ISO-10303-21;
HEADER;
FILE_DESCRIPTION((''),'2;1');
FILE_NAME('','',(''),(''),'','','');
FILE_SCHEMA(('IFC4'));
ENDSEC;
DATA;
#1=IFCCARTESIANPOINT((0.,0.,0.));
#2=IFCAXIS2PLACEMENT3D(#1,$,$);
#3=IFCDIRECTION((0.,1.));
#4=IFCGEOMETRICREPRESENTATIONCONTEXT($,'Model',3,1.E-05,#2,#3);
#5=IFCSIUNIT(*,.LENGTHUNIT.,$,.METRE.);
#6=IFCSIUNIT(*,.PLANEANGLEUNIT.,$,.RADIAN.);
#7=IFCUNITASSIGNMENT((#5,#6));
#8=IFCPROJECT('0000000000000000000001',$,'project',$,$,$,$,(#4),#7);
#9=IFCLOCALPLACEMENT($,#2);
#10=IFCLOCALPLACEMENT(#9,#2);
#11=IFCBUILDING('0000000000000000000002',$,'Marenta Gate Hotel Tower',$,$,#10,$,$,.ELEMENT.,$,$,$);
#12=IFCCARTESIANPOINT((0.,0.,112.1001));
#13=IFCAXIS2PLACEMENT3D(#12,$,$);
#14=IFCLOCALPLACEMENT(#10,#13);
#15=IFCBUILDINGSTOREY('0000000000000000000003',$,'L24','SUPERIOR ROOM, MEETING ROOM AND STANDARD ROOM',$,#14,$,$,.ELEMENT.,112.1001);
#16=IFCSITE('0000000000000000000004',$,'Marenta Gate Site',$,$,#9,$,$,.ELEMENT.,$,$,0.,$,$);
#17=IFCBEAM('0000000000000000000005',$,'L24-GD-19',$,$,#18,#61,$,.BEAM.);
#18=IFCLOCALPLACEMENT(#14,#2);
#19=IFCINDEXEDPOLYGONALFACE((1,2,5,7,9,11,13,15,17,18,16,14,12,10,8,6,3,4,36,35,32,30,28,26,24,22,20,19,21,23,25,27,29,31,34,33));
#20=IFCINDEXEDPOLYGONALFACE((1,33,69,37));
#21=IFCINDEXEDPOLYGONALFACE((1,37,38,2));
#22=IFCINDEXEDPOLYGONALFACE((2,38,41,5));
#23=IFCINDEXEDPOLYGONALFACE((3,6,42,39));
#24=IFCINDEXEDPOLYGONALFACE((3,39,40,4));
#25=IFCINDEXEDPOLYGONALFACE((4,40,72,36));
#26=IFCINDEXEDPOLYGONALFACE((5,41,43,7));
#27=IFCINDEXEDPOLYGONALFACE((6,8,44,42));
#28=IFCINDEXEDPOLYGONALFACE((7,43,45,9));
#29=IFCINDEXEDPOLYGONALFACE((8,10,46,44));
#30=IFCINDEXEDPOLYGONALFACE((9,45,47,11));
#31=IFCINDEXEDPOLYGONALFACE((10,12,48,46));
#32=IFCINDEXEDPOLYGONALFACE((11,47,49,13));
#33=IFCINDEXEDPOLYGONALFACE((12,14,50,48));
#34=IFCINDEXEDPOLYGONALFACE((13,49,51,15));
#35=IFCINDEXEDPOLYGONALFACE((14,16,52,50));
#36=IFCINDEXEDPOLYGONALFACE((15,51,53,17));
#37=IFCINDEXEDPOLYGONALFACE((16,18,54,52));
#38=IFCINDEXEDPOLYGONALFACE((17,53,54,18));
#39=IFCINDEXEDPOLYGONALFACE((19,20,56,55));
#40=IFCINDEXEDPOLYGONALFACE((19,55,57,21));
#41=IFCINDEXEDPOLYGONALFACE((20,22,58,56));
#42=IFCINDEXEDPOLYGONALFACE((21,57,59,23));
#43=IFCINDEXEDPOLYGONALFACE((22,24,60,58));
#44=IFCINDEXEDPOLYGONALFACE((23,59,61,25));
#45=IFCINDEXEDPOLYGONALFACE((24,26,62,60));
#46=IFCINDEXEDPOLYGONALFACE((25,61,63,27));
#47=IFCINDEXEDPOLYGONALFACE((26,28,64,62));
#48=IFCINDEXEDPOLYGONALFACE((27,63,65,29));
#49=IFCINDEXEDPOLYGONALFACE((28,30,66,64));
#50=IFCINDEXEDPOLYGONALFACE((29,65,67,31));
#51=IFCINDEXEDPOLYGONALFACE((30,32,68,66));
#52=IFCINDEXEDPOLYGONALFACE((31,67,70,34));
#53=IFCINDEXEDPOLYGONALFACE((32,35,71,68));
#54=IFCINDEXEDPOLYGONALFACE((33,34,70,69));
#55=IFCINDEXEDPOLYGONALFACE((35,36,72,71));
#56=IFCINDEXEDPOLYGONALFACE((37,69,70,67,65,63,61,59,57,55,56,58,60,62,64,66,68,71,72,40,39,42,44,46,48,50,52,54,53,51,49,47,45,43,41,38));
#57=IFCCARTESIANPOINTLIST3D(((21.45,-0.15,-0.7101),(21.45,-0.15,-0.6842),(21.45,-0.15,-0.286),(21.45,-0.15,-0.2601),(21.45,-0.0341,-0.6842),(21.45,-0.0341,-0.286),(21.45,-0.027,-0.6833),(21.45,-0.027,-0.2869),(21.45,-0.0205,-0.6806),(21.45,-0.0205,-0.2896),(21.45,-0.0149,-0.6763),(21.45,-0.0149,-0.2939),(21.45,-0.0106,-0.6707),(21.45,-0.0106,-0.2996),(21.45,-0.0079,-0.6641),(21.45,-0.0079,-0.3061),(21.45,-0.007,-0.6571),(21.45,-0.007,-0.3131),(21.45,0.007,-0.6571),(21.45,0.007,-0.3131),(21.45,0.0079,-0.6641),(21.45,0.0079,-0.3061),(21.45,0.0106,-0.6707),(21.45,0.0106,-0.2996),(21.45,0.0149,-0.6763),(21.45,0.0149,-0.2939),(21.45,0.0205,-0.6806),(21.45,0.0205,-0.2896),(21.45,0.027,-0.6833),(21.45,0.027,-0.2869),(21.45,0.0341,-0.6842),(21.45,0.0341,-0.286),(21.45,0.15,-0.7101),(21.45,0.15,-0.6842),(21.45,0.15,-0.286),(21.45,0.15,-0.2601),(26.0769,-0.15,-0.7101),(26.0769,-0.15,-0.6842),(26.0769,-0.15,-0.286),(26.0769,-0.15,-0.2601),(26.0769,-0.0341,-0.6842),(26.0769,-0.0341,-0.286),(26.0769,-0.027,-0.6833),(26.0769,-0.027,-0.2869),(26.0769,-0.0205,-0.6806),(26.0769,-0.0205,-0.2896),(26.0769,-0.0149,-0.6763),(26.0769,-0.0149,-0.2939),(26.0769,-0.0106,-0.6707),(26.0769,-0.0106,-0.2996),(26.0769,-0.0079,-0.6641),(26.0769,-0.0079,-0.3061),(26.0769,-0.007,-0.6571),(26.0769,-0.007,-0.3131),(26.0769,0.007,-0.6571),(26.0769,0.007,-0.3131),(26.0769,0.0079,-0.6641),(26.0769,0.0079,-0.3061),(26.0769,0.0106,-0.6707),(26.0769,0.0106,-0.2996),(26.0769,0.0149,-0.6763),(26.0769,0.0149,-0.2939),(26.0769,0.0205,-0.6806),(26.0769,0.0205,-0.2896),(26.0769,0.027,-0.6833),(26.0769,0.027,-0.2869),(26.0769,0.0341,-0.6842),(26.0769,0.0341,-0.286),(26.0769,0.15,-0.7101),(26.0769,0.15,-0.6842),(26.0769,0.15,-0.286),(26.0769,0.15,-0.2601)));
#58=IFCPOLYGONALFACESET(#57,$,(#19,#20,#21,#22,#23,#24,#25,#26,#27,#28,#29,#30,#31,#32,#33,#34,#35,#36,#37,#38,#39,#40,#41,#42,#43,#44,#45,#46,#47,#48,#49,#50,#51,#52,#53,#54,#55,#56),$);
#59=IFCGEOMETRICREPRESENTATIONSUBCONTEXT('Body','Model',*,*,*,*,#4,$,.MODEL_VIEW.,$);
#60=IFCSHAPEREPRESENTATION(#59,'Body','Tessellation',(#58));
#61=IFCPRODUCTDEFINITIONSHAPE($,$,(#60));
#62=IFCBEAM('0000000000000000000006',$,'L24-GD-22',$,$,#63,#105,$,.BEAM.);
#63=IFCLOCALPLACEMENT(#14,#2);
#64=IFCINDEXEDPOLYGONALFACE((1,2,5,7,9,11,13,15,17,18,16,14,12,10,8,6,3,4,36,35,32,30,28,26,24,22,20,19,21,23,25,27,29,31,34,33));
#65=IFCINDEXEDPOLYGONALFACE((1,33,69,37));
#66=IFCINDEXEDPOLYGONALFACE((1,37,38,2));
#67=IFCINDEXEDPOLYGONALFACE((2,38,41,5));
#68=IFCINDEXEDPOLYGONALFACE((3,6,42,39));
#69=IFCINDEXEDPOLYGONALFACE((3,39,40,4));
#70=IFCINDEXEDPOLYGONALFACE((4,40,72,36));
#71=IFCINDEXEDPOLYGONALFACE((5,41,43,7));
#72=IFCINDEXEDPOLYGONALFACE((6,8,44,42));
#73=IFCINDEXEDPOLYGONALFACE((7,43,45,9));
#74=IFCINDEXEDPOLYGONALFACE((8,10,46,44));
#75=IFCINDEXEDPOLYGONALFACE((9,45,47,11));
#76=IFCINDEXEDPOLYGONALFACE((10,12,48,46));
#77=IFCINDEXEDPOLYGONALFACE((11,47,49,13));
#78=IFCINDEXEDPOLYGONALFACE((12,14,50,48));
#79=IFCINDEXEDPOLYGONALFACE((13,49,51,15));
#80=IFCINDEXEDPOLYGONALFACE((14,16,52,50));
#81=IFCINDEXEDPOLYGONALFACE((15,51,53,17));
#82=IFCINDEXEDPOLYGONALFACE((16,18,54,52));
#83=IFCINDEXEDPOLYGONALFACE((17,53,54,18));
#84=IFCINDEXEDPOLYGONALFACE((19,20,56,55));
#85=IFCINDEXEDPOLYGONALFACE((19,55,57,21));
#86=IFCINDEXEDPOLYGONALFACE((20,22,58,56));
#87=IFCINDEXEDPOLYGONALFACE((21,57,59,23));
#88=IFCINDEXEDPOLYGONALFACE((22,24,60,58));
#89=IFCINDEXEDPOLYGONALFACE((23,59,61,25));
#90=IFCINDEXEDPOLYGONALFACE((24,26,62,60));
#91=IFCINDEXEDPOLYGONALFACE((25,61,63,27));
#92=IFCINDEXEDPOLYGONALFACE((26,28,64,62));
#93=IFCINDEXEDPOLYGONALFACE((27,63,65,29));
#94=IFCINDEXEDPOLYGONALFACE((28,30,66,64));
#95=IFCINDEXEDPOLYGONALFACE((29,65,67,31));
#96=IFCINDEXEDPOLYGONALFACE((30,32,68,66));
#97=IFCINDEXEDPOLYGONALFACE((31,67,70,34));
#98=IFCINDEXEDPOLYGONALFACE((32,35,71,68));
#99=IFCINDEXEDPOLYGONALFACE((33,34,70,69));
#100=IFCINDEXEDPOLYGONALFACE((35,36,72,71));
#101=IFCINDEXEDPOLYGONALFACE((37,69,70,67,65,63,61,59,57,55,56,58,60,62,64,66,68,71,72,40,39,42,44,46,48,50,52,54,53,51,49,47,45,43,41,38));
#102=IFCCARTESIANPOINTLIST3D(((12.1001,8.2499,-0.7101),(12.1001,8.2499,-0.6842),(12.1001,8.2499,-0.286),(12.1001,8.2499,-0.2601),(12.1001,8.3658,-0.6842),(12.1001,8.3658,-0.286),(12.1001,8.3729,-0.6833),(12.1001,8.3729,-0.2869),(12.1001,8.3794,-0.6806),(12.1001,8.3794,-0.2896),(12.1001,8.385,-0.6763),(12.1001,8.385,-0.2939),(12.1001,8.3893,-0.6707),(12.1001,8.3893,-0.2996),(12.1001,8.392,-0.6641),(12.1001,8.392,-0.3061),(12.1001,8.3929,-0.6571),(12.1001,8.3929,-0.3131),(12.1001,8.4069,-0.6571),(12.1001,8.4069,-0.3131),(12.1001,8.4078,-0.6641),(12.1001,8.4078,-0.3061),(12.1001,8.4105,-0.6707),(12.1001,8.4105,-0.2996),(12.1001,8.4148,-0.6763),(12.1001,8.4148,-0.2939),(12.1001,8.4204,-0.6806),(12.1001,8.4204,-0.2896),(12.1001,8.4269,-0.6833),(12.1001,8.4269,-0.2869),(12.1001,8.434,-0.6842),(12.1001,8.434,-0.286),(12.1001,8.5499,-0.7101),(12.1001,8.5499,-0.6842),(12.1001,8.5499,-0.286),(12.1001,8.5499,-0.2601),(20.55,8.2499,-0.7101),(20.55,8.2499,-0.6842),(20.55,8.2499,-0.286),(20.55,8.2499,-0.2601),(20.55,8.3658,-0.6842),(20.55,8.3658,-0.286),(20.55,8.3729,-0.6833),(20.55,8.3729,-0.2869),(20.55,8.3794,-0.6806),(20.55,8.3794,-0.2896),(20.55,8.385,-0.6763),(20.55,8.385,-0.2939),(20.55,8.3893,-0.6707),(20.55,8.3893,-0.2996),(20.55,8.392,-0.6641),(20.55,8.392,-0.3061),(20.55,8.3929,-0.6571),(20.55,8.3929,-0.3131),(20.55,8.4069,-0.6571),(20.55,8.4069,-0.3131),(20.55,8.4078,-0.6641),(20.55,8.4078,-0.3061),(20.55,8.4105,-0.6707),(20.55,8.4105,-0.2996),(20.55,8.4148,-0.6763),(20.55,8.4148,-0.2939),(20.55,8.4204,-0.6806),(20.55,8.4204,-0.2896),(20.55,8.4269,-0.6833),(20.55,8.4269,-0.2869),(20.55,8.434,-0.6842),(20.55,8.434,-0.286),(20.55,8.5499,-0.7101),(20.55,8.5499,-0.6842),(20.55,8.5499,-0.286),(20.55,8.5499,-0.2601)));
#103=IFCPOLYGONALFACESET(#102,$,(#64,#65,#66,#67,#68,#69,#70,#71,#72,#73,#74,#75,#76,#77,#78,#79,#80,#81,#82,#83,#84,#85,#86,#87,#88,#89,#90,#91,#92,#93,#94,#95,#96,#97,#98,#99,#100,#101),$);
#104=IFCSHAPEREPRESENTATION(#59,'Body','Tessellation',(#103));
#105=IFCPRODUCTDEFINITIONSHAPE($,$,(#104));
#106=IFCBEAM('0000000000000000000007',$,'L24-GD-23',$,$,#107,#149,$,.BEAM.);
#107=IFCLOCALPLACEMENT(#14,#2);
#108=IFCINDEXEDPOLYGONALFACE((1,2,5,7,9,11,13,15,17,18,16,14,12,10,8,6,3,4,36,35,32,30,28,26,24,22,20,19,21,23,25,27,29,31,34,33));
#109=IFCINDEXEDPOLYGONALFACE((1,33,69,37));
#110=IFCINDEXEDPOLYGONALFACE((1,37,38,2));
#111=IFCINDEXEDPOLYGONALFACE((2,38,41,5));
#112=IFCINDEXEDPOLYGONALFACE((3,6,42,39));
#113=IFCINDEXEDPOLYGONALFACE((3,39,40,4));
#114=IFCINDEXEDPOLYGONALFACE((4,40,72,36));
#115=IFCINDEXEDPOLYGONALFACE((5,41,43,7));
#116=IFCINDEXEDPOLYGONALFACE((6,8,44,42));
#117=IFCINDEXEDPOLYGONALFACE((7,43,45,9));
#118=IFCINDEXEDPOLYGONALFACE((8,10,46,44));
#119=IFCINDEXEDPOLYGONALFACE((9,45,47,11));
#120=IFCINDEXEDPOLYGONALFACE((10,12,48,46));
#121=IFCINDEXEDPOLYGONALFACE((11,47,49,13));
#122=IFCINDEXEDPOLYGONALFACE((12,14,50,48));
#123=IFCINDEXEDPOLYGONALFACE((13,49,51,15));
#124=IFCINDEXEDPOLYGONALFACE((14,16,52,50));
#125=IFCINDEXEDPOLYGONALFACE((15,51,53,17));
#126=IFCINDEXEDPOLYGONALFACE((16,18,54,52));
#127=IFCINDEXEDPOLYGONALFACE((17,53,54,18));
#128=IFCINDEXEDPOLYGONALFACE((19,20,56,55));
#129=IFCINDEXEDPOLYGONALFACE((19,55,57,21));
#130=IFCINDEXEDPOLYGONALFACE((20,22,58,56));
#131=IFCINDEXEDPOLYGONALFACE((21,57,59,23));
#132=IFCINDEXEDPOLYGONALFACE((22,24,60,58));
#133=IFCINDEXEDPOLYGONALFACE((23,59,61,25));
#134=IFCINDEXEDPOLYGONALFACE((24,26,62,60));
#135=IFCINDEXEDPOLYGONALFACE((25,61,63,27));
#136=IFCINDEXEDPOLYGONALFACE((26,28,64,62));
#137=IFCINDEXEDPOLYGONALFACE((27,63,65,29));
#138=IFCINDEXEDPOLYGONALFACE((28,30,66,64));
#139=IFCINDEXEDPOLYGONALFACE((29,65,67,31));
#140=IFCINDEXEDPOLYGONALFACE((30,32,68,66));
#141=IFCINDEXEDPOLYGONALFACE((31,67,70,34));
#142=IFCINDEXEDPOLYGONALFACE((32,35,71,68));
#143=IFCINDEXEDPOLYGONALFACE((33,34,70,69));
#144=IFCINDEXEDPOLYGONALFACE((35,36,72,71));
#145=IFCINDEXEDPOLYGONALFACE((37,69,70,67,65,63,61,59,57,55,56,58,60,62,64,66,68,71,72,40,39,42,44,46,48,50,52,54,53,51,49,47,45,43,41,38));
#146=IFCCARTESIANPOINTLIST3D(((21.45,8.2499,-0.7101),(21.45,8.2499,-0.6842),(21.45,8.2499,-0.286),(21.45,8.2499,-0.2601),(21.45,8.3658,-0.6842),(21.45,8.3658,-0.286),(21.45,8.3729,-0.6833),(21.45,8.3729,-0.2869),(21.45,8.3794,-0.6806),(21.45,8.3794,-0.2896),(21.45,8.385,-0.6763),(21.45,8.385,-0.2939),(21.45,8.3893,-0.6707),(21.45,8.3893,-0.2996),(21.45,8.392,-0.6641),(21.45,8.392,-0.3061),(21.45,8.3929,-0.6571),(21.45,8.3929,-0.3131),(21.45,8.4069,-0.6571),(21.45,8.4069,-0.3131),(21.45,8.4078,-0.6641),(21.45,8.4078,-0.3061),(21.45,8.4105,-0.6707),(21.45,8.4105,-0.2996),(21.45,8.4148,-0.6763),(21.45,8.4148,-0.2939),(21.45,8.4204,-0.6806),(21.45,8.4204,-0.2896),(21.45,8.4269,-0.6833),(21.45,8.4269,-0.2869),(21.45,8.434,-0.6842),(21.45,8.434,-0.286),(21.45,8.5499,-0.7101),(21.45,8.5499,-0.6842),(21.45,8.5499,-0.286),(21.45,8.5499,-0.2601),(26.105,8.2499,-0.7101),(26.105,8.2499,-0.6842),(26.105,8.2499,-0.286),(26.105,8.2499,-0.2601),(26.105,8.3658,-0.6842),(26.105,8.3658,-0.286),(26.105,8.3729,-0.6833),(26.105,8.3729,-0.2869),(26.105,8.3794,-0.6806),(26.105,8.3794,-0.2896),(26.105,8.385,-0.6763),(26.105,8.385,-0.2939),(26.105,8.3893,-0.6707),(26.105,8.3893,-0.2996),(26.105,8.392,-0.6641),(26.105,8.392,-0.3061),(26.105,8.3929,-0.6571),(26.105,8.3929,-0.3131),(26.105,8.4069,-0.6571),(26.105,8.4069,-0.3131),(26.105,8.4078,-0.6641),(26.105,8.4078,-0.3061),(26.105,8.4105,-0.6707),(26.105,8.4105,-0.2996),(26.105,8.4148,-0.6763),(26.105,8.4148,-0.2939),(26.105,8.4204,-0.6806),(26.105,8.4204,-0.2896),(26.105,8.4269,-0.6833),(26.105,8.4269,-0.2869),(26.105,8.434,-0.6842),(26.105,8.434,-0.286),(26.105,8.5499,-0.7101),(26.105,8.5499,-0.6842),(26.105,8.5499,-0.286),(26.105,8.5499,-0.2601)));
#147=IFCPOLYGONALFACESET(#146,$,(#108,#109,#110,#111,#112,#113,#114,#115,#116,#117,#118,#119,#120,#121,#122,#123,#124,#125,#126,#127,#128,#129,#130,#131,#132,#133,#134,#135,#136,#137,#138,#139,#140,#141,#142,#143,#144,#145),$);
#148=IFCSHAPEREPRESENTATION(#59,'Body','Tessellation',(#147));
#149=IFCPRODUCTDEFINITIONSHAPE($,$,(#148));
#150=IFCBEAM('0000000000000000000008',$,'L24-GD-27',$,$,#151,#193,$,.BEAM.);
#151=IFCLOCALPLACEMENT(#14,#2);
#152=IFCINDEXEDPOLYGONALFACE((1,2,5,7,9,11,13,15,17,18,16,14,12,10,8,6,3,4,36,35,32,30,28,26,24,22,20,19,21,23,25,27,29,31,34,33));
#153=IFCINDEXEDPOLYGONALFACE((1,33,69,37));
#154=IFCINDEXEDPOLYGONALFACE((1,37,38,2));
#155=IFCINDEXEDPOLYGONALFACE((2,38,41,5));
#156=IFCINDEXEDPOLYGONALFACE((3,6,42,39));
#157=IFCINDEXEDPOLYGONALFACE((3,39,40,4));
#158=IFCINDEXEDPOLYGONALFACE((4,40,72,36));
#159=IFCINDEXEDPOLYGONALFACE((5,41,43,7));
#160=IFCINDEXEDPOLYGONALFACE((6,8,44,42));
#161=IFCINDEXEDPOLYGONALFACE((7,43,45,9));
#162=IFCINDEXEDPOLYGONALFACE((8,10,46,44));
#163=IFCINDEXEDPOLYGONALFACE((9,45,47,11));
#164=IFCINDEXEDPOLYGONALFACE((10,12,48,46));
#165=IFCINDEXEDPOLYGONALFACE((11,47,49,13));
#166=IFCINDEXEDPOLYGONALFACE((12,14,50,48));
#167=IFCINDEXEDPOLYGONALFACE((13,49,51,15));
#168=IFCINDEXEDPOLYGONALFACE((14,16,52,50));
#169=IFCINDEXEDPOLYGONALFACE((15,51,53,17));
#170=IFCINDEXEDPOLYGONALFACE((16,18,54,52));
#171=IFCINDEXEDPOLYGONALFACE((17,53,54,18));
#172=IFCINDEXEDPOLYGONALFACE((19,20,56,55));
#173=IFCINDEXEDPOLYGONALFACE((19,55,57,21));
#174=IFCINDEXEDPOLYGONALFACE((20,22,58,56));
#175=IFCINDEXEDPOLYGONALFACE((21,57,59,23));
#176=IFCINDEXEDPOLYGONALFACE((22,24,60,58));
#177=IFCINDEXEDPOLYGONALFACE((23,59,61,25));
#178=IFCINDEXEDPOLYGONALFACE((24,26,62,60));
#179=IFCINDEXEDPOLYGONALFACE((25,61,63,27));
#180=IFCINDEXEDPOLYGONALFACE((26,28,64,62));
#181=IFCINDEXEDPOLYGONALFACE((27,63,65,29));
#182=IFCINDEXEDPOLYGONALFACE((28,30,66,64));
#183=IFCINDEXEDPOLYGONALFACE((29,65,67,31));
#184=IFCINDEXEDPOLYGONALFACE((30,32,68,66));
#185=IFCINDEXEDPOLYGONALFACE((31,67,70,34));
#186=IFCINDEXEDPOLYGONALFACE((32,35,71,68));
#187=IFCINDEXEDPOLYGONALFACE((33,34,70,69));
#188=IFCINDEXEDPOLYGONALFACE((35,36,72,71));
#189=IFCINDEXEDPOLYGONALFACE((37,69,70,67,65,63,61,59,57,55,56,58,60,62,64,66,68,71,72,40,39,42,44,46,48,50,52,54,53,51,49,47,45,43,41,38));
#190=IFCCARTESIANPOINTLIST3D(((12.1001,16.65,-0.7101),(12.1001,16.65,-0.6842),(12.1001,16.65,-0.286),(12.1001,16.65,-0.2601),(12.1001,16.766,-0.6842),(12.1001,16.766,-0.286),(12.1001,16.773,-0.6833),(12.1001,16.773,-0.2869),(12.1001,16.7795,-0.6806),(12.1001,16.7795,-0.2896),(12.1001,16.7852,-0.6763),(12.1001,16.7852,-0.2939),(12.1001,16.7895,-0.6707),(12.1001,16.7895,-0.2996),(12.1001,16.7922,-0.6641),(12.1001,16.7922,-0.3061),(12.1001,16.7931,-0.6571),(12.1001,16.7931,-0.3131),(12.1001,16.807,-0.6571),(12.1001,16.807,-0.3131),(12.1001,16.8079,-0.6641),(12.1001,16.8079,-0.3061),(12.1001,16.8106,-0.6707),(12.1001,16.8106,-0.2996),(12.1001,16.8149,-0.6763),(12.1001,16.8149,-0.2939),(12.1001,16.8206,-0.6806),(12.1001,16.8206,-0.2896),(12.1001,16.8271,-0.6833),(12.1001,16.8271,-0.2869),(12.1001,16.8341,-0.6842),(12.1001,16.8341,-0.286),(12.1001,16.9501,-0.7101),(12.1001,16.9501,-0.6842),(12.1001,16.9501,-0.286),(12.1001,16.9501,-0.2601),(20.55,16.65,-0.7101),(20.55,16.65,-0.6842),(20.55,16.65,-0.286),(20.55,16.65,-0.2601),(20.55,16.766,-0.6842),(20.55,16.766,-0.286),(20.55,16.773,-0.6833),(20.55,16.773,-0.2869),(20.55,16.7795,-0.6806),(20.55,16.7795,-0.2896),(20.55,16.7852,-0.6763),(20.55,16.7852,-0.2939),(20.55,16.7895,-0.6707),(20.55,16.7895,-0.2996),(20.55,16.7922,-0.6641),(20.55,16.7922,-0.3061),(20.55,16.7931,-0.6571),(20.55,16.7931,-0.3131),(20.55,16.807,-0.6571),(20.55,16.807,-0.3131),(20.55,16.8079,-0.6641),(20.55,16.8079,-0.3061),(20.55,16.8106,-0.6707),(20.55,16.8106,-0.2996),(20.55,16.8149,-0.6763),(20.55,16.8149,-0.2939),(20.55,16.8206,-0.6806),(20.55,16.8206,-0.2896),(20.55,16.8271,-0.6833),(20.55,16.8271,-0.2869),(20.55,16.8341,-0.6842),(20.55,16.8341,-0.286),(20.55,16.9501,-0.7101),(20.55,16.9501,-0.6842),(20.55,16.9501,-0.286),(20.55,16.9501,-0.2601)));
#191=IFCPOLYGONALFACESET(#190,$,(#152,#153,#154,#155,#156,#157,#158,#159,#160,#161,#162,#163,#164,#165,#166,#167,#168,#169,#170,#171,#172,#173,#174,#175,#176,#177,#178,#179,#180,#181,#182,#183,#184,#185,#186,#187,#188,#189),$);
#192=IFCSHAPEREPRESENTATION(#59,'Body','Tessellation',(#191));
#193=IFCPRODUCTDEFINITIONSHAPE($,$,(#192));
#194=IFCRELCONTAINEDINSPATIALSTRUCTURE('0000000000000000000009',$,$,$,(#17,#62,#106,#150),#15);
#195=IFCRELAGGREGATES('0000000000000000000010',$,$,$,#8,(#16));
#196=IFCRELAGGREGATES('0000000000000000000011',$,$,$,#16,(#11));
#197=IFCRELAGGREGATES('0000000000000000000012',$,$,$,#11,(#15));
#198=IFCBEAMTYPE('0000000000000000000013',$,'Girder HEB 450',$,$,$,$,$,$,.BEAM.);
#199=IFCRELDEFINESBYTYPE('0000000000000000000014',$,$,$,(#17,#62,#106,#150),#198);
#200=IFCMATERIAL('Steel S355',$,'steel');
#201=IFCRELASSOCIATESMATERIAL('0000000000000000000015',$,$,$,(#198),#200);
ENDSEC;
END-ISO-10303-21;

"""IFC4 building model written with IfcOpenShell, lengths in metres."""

from ifc_helpers import new_model, si_unit, direction, frame, origin, origin_2d, place, context, subcontext, project, spatial, i_section, extrude, material, material_profile, profile_set, type_object, element, save


model = new_model("IFC4")

# Units and contexts
model_context = context("Model", 3, precision=1e-05, world=origin(), true_north=direction((0.0, 1.0)))
body_context = subcontext(model_context, "Body", "Model", "MODEL_VIEW")
ifc_project = project(units=[si_unit("LENGTHUNIT", "METRE"), si_unit("PLANEANGLEUNIT", "RADIAN")], contexts=[model_context])

# Site, building, storey
site_placement = place(None, origin())
site = spatial("IfcSite", under=ifc_project, at=site_placement, Name="Marenta Gate Site", CompositionType="ELEMENT", RefElevation=0.0)
building_placement = place(site_placement, origin())
building = spatial("IfcBuilding", under=site, at=building_placement, Name="Marenta Gate Hotel Tower", CompositionType="ELEMENT")
storey_placement = place(building_placement, frame((0.0, 0.0, 112.1001)))
storey = spatial("IfcBuildingStorey", under=building, at=storey_placement, Name="L24", Description="SUPERIOR ROOM, MEETING ROOM AND STANDARD ROOM", CompositionType="ELEMENT", Elevation=112.1001)

# Beams
ifc_material_1 = material(Name="Steel S355", Category="steel")
ifc_material_profile_1 = material_profile(ifc_material_1, i_section(OverallWidth=0.3, OverallDepth=0.45, WebThickness=0.0139, FlangeThickness=0.0259, FilletRadius=0.0271, at=origin_2d()), Name="HEB 450")
ifc_profile_set_1 = profile_set([ifc_material_profile_1], Name="Steel S355")
beam_type_1 = type_object("IfcBeamType", Name="Girder HEB 450", PredefinedType="BEAM", material=ifc_profile_set_1)
beam_1_placement = place(storey_placement, frame((21.45, 0.0, -0.4851), z_axis=(1.0, 0.0, 0.0), x_axis=(0.0, 1.0, 0.0)))
element("IfcBeam", 1, at=beam_1_placement, inside=storey, type_object=beam_type_1, Name="L24-GD-19", PredefinedType="BEAM", context=body_context, shape_type="SweptSolid", body=[
    extrude(i_section(OverallWidth=0.3, OverallDepth=0.45, WebThickness=0.0139, FlangeThickness=0.0259, FilletRadius=0.0271, at=origin_2d()), origin(), (0.0, 0.0, 1.0), 4.627),
])
beam_2_placement = place(storey_placement, frame((12.1001, 8.3999, -0.4851), z_axis=(1.0, 0.0, 0.0), x_axis=(0.0, 1.0, 0.0)))
element("IfcBeam", 2, at=beam_2_placement, inside=storey, type_object=beam_type_1, Name="L24-GD-22", PredefinedType="BEAM", context=body_context, shape_type="SweptSolid", body=[
    extrude(i_section(OverallWidth=0.3, OverallDepth=0.45, WebThickness=0.0139, FlangeThickness=0.0259, FilletRadius=0.0271, at=origin_2d()), origin(), (0.0, 0.0, 1.0), 8.45),
])
beam_3_placement = place(storey_placement, frame((21.45, 8.3999, -0.4851), z_axis=(1.0, 0.0, 0.0), x_axis=(0.0, 1.0, 0.0)))
element("IfcBeam", 3, at=beam_3_placement, inside=storey, type_object=beam_type_1, Name="L24-GD-23", PredefinedType="BEAM", context=body_context, shape_type="SweptSolid", body=[
    extrude(i_section(OverallWidth=0.3, OverallDepth=0.45, WebThickness=0.0139, FlangeThickness=0.0259, FilletRadius=0.0271, at=origin_2d()), origin(), (0.0, 0.0, 1.0), 4.655),
])
beam_4_placement = place(storey_placement, frame((12.1001, 16.8, -0.4851), z_axis=(1.0, 0.0, 0.0), x_axis=(0.0, 1.0, 0.0)))
element("IfcBeam", 4, at=beam_4_placement, inside=storey, type_object=beam_type_1, Name="L24-GD-27", PredefinedType="BEAM", context=body_context, shape_type="SweptSolid", body=[
    extrude(i_section(OverallWidth=0.3, OverallDepth=0.45, WebThickness=0.0139, FlangeThickness=0.0259, FilletRadius=0.0271, at=origin_2d()), origin(), (0.0, 0.0, 1.0), 8.45),
])

save(model, "model.ifc")
